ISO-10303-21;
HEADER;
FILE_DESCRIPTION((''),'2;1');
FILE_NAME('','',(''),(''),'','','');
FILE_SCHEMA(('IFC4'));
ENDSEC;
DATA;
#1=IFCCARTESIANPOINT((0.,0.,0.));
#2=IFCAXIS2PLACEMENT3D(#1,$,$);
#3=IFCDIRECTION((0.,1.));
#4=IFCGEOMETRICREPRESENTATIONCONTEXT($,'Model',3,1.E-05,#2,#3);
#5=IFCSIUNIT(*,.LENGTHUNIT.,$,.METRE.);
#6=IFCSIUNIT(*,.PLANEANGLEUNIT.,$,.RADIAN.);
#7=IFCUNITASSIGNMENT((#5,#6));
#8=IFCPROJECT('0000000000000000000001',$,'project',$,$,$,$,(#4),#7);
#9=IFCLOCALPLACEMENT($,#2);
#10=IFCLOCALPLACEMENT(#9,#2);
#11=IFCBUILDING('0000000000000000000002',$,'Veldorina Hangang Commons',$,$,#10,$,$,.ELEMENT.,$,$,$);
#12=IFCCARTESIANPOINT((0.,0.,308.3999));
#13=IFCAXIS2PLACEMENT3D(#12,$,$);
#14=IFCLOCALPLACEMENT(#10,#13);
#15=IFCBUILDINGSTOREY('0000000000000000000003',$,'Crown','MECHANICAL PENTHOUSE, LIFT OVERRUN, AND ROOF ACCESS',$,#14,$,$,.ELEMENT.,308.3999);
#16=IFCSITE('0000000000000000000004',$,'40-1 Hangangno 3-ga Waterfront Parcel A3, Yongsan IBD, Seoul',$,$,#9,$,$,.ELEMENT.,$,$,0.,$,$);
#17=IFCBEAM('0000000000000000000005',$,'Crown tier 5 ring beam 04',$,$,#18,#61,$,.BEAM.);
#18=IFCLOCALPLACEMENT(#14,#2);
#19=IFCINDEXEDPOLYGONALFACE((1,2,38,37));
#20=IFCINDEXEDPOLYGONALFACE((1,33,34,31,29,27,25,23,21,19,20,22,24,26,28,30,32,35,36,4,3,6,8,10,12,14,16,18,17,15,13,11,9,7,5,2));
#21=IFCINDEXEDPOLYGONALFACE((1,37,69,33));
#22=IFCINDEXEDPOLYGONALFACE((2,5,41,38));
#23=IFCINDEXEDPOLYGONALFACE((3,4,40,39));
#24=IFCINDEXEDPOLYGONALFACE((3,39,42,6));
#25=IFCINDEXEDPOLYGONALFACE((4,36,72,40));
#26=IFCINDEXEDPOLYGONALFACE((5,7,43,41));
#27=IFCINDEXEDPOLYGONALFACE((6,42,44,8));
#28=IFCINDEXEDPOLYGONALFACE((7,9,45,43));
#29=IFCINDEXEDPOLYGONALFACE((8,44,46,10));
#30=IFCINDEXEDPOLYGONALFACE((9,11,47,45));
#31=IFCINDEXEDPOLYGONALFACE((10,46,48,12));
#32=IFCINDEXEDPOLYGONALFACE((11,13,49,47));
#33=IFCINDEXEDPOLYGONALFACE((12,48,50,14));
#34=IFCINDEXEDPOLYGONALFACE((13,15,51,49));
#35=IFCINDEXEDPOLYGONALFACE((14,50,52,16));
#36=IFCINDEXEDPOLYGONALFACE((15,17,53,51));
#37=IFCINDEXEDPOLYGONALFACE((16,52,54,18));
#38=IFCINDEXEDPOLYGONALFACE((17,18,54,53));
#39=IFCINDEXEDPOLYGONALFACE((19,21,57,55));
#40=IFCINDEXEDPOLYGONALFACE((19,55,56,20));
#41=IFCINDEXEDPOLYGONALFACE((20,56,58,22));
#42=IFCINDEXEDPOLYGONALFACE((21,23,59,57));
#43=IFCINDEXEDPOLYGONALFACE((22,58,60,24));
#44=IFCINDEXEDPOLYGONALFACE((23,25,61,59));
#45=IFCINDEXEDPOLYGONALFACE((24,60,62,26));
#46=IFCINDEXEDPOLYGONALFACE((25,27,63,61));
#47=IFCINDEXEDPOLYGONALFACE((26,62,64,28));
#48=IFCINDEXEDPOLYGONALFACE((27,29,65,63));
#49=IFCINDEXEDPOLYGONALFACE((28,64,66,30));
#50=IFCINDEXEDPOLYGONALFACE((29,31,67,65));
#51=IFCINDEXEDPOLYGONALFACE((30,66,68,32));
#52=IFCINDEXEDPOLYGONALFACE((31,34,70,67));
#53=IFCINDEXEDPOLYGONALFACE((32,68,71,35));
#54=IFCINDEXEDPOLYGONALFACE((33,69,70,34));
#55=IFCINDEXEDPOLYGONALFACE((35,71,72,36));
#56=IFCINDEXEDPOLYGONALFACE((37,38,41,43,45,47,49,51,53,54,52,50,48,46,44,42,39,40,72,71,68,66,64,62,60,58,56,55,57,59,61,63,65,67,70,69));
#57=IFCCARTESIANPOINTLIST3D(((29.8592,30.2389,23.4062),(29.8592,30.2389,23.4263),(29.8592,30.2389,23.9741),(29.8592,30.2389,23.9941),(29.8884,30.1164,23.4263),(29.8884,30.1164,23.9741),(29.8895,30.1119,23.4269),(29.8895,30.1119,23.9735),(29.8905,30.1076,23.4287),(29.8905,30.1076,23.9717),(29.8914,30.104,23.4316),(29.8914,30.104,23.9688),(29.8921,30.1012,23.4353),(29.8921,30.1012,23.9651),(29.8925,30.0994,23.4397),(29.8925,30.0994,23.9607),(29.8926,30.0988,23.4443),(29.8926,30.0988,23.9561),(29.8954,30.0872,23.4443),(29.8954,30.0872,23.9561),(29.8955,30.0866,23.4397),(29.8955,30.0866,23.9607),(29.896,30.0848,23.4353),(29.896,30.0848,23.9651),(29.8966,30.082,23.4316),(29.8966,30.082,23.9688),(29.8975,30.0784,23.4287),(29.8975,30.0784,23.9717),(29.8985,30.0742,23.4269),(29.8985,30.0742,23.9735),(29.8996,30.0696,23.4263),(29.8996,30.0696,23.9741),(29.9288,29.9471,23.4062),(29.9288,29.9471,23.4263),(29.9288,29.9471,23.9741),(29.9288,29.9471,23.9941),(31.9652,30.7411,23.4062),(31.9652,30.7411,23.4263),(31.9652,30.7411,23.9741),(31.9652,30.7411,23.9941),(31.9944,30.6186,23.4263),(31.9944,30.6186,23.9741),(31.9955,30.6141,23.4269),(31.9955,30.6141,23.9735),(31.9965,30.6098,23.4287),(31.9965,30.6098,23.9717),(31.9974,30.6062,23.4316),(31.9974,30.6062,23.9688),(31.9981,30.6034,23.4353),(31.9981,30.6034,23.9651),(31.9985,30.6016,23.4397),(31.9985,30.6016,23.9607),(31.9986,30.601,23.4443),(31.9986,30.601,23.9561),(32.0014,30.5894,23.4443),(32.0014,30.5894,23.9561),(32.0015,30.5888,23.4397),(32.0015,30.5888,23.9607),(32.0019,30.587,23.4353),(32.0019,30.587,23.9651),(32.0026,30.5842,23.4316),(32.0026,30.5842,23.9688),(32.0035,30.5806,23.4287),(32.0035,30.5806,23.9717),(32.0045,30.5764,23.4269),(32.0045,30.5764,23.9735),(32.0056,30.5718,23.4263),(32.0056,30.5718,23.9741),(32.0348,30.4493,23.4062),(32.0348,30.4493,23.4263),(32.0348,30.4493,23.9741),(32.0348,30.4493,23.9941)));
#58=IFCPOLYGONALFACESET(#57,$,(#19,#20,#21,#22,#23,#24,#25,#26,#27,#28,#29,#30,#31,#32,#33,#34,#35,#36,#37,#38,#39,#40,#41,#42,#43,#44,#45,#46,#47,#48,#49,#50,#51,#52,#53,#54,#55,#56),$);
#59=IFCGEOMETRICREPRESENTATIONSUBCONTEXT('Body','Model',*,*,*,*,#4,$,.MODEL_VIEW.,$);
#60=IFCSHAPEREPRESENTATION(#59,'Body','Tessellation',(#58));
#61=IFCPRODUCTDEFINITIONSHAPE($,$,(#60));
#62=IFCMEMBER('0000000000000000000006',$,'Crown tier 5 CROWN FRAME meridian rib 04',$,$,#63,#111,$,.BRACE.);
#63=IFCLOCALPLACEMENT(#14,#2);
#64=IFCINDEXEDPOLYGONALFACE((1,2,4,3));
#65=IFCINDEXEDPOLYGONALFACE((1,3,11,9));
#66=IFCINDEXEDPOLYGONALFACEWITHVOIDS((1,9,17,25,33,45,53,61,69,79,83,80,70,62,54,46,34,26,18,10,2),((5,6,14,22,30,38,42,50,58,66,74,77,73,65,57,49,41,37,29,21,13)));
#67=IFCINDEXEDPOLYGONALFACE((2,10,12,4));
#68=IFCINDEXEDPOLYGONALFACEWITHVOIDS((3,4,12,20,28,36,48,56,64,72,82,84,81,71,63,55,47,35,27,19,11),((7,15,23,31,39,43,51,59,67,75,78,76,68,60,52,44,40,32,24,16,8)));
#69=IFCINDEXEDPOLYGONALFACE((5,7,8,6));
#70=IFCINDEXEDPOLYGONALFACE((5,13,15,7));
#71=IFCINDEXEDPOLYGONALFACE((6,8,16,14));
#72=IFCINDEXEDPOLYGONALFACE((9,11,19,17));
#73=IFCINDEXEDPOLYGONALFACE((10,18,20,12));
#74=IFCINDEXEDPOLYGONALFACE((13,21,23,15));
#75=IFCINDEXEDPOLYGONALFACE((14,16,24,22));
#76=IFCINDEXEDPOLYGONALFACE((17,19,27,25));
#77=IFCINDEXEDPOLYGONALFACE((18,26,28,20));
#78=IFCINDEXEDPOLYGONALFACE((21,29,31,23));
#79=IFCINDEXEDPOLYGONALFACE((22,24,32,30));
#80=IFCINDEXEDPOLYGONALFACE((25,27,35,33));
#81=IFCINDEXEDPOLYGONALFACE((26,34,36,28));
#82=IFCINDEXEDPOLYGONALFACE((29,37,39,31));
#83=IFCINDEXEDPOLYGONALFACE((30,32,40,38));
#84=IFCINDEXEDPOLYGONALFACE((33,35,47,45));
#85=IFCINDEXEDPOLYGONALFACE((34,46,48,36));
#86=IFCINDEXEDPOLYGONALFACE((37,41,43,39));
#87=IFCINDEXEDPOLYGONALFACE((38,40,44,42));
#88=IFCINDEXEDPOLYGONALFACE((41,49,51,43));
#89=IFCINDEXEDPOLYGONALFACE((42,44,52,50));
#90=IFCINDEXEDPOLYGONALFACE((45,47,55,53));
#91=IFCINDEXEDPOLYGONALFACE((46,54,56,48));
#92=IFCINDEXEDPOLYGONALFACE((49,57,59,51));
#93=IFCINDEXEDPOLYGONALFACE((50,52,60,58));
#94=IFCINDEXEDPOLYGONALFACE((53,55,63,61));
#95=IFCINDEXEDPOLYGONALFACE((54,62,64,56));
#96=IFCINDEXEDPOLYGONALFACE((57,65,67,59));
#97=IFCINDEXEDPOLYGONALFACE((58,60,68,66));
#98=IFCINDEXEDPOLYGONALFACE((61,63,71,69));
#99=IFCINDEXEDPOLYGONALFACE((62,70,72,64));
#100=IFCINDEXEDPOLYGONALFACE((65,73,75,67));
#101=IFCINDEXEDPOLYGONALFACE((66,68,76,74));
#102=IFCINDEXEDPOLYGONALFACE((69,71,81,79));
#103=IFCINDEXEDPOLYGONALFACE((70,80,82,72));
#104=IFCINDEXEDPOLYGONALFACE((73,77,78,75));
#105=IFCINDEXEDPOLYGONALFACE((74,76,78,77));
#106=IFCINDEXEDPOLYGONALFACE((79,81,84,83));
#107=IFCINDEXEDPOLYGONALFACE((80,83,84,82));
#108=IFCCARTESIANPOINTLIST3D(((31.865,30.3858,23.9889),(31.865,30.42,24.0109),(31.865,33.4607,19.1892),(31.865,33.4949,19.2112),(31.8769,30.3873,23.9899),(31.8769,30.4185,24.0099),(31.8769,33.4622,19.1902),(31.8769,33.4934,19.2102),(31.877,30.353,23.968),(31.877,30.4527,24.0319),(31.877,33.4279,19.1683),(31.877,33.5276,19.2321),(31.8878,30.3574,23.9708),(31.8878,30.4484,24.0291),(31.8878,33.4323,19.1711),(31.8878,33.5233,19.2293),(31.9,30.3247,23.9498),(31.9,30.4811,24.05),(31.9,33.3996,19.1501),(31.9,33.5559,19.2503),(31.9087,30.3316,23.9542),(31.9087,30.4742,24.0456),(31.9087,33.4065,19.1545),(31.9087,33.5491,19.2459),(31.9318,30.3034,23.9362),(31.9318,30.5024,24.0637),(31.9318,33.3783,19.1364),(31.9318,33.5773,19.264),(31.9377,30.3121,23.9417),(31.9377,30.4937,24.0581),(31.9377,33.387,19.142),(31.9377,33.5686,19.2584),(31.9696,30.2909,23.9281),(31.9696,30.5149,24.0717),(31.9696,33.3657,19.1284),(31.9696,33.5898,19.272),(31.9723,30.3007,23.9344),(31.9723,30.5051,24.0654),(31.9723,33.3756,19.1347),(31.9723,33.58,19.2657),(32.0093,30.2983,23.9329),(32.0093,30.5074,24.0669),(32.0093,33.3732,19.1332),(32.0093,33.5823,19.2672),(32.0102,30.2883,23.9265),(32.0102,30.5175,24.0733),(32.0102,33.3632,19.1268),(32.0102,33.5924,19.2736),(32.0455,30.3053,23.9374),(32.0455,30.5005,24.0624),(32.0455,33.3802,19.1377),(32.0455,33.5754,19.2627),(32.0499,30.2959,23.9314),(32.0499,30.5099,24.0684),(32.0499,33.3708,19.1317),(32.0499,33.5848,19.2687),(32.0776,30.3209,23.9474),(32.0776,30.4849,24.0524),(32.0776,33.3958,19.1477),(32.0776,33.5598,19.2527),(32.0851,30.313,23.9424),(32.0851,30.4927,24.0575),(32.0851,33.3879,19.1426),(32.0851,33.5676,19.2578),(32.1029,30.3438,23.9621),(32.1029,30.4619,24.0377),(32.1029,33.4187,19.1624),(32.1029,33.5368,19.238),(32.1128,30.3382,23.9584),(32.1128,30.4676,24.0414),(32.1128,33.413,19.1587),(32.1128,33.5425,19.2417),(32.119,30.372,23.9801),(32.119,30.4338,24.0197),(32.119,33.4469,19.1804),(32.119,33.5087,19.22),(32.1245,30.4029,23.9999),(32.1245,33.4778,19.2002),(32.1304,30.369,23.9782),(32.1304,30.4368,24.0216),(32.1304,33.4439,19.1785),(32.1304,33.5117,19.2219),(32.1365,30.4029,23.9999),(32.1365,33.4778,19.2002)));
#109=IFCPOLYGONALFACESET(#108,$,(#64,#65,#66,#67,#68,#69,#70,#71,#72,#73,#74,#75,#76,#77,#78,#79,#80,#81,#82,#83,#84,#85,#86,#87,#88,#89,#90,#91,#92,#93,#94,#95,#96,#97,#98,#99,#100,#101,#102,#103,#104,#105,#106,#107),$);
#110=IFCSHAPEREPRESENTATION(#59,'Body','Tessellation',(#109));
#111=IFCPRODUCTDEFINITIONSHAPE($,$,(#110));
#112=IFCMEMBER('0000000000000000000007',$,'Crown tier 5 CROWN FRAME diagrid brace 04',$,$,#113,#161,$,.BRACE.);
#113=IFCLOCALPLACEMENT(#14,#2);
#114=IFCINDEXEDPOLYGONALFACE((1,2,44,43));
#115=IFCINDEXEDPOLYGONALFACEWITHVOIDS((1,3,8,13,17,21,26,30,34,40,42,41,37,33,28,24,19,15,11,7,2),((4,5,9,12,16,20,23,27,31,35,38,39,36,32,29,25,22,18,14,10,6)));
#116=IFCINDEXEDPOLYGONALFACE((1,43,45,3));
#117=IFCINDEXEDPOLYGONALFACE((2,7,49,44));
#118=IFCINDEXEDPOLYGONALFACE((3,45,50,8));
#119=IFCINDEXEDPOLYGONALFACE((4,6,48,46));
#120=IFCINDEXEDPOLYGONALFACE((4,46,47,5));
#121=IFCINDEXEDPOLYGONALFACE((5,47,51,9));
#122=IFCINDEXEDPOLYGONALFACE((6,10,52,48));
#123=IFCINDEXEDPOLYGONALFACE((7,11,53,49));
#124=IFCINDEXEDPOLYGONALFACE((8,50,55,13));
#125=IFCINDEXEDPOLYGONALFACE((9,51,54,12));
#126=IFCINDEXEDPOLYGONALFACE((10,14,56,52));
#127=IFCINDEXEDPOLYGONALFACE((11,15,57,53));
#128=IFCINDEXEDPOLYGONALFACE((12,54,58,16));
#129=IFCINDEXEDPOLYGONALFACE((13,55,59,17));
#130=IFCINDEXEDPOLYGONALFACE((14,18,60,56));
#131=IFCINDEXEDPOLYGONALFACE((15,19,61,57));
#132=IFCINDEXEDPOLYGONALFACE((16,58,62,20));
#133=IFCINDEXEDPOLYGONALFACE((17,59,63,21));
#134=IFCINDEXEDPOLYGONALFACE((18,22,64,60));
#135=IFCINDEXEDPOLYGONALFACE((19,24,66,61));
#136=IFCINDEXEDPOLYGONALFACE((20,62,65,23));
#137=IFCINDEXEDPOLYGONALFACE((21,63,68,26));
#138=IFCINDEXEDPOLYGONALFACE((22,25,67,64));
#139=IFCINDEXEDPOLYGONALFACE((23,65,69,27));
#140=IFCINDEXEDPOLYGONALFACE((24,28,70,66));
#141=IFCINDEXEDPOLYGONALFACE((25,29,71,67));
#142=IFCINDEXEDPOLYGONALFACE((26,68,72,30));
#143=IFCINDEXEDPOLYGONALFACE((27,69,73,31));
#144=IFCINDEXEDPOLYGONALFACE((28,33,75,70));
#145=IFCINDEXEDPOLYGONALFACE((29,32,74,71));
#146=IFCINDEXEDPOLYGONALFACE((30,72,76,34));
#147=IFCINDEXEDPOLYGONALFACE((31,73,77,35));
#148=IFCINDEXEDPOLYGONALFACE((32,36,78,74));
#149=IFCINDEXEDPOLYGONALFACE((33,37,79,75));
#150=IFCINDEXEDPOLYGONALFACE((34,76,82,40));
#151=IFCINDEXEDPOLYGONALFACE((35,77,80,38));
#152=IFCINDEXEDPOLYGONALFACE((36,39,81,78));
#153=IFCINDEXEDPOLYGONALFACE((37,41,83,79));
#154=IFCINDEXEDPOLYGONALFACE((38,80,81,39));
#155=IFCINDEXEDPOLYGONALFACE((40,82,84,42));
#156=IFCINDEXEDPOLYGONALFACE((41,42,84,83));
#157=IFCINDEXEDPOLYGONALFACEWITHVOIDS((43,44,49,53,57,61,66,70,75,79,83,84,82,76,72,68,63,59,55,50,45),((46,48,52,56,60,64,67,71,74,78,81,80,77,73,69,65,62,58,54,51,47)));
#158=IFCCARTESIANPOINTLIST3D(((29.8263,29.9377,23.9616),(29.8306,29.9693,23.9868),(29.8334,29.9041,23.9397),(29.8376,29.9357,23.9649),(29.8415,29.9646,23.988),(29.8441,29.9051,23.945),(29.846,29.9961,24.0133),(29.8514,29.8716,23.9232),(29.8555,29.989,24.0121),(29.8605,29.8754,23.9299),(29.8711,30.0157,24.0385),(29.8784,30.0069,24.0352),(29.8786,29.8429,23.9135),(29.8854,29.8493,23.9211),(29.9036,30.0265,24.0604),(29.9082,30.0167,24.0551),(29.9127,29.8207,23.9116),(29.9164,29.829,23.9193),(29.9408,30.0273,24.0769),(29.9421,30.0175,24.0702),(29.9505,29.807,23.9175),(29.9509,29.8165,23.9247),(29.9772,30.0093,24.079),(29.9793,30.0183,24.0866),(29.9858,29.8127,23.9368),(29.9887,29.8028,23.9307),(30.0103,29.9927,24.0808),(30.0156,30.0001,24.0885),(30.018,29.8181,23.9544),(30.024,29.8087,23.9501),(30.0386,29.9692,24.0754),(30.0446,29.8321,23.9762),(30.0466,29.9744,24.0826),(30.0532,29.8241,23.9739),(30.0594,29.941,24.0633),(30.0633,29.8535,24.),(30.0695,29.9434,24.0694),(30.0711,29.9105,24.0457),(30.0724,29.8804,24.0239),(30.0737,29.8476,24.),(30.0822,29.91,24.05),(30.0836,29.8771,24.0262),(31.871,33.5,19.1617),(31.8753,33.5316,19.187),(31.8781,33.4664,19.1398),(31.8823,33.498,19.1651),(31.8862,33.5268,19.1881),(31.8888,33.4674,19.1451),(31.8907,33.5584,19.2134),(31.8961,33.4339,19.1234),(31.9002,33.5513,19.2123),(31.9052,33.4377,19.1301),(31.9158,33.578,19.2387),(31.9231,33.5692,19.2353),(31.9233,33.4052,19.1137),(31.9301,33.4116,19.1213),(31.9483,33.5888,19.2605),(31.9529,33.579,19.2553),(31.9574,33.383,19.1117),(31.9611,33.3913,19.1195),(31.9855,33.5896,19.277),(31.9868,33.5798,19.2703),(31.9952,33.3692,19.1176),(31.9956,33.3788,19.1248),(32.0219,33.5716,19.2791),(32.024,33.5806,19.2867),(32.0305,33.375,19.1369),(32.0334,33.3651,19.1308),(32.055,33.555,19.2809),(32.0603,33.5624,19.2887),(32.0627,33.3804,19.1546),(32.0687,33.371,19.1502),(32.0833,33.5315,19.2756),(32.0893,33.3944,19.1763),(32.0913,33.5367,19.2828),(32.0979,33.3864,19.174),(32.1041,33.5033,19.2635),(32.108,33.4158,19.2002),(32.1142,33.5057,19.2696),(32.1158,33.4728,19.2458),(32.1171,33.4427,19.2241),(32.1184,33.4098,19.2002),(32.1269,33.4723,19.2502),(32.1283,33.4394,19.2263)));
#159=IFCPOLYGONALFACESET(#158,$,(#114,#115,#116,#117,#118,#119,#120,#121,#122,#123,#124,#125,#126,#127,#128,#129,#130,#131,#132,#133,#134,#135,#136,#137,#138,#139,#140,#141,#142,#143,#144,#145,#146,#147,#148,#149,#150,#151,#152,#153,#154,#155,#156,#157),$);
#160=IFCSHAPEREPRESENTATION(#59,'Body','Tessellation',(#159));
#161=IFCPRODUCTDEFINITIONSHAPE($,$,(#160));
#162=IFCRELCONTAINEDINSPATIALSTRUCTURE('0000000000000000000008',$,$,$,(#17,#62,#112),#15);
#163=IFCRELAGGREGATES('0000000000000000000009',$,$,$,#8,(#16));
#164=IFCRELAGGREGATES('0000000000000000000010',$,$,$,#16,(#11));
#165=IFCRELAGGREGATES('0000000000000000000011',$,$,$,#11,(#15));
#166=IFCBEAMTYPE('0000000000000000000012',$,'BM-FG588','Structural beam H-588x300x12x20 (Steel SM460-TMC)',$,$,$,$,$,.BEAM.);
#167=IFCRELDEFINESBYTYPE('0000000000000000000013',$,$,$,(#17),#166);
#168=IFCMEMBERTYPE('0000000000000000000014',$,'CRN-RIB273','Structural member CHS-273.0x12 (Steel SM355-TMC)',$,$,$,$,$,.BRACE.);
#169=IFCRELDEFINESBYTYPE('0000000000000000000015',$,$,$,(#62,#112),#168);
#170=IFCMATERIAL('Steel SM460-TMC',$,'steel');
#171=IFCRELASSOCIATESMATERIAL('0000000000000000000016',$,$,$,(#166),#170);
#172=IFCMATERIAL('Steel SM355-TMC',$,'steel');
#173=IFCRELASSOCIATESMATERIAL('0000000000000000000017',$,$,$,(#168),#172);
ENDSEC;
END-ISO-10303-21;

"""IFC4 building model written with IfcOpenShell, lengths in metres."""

from ifc_helpers import new_model, si_unit, direction, frame, origin, origin_2d, place, context, subcontext, project, spatial, hollow_circle, i_section, extrude, material, material_profile, profile_set, type_object, element, save


model = new_model("IFC4")

# Units and contexts
model_context = context("Model", 3, precision=1e-05, world=origin(), true_north=direction((0.0, 1.0)))
body_context = subcontext(model_context, "Body", "Model", "MODEL_VIEW")
ifc_project = project(units=[si_unit("LENGTHUNIT", "METRE"), si_unit("PLANEANGLEUNIT", "RADIAN")], contexts=[model_context])

# Site, building, storey
site_placement = place(None, origin())
site = spatial("IfcSite", under=ifc_project, at=site_placement, Name="40-1 Hangangno 3-ga Waterfront Parcel A3, Yongsan IBD, Seoul", CompositionType="ELEMENT", RefElevation=0.0)
building_placement = place(site_placement, origin())
building = spatial("IfcBuilding", under=site, at=building_placement, Name="Veldorina Hangang Commons", CompositionType="ELEMENT")
storey_placement = place(building_placement, frame((0.0, 0.0, 308.3999)))
storey = spatial("IfcBuildingStorey", under=building, at=storey_placement, Name="Crown", Description="MECHANICAL PENTHOUSE, LIFT OVERRUN, AND ROOF ACCESS", CompositionType="ELEMENT", Elevation=308.3999)

# Beam
ifc_material_1 = material(Name="Steel SM460-TMC", Category="steel")
ifc_material_profile_1 = material_profile(ifc_material_1, i_section(OverallWidth=0.3, OverallDepth=0.5879, WebThickness=0.012, FlangeThickness=0.02, FilletRadius=0.0181, at=origin_2d()), Name="H-588x300x12x20")
ifc_profile_set_1 = profile_set([ifc_material_profile_1], Name="Steel SM460-TMC")
beam_type = type_object("IfcBeamType", Name="BM-FG588", Description="Structural beam H-588x300x12x20 (Steel SM460-TMC)", PredefinedType="BEAM", material=ifc_profile_set_1)
for number, where, z_axis, x_axis, name in (
    (1, (32.0, 30.5952, 23.7002), (-0.972725, -0.231961, 0.0), (0.231961, -0.972725, 0.0), "Crown tier 5 ring beam 04"),
):
    element("IfcBeam", number, at=place(storey_placement, frame(where, z_axis=z_axis, x_axis=x_axis)), inside=storey, type_object=beam_type, Name=name, PredefinedType="BEAM", context=body_context, shape_type="SweptSolid", body=[
        extrude(i_section(OverallWidth=0.3, OverallDepth=0.5879, WebThickness=0.012, FlangeThickness=0.02, FilletRadius=0.0181, at=origin_2d()), origin(), (0.0, 0.0, 1.0), 2.165),
    ])

# Members
ifc_material_2 = material(Name="Steel SM355-TMC", Category="steel")
ifc_material_profile_2 = material_profile(ifc_material_2, hollow_circle(Radius=0.1365, WallThickness=0.012, at=origin_2d()), Name="CHS-273.0x12")
ifc_profile_set_2 = profile_set([ifc_material_profile_2], Name="Steel SM355-TMC")
member_type_1 = type_object("IfcMemberType", Name="CRN-RIB273", Description="Structural member CHS-273.0x12 (Steel SM355-TMC)", PredefinedType="BRACE", material=ifc_profile_set_2)
member_1_placement = place(storey_placement, frame((32.0, 33.4778, 19.2002), z_axis=(0.0, -0.539436, 0.842026), x_axis=(1.0, 0.0, 0.0)))
element("IfcMember", 2, at=member_1_placement, inside=storey, type_object=member_type_1, Name="Crown tier 5 CROWN FRAME meridian rib 04", PredefinedType="BRACE", context=body_context, shape_type="SweptSolid", body=[
    extrude(hollow_circle(Radius=0.1365, WallThickness=0.012, at=origin_2d()), origin(), (0.0, 0.0, 1.0), 5.7002),
])
member_2_placement = place(storey_placement, frame((32.0, 33.4778, 19.2002), z_axis=(-0.323662, -0.563887, 0.759785), x_axis=(0.867287, -0.497809, 0.0)))
element("IfcMember", 3, at=member_2_placement, inside=storey, type_object=member_type_1, Name="Crown tier 5 CROWN FRAME diagrid brace 04", PredefinedType="BRACE", context=body_context, shape_type="SweptSolid", body=[
    extrude(hollow_circle(Radius=0.1365, WallThickness=0.012, at=origin_2d()), origin(), (0.0, 0.0, 1.0), 6.3174),
])

save(model, "model.ifc")
